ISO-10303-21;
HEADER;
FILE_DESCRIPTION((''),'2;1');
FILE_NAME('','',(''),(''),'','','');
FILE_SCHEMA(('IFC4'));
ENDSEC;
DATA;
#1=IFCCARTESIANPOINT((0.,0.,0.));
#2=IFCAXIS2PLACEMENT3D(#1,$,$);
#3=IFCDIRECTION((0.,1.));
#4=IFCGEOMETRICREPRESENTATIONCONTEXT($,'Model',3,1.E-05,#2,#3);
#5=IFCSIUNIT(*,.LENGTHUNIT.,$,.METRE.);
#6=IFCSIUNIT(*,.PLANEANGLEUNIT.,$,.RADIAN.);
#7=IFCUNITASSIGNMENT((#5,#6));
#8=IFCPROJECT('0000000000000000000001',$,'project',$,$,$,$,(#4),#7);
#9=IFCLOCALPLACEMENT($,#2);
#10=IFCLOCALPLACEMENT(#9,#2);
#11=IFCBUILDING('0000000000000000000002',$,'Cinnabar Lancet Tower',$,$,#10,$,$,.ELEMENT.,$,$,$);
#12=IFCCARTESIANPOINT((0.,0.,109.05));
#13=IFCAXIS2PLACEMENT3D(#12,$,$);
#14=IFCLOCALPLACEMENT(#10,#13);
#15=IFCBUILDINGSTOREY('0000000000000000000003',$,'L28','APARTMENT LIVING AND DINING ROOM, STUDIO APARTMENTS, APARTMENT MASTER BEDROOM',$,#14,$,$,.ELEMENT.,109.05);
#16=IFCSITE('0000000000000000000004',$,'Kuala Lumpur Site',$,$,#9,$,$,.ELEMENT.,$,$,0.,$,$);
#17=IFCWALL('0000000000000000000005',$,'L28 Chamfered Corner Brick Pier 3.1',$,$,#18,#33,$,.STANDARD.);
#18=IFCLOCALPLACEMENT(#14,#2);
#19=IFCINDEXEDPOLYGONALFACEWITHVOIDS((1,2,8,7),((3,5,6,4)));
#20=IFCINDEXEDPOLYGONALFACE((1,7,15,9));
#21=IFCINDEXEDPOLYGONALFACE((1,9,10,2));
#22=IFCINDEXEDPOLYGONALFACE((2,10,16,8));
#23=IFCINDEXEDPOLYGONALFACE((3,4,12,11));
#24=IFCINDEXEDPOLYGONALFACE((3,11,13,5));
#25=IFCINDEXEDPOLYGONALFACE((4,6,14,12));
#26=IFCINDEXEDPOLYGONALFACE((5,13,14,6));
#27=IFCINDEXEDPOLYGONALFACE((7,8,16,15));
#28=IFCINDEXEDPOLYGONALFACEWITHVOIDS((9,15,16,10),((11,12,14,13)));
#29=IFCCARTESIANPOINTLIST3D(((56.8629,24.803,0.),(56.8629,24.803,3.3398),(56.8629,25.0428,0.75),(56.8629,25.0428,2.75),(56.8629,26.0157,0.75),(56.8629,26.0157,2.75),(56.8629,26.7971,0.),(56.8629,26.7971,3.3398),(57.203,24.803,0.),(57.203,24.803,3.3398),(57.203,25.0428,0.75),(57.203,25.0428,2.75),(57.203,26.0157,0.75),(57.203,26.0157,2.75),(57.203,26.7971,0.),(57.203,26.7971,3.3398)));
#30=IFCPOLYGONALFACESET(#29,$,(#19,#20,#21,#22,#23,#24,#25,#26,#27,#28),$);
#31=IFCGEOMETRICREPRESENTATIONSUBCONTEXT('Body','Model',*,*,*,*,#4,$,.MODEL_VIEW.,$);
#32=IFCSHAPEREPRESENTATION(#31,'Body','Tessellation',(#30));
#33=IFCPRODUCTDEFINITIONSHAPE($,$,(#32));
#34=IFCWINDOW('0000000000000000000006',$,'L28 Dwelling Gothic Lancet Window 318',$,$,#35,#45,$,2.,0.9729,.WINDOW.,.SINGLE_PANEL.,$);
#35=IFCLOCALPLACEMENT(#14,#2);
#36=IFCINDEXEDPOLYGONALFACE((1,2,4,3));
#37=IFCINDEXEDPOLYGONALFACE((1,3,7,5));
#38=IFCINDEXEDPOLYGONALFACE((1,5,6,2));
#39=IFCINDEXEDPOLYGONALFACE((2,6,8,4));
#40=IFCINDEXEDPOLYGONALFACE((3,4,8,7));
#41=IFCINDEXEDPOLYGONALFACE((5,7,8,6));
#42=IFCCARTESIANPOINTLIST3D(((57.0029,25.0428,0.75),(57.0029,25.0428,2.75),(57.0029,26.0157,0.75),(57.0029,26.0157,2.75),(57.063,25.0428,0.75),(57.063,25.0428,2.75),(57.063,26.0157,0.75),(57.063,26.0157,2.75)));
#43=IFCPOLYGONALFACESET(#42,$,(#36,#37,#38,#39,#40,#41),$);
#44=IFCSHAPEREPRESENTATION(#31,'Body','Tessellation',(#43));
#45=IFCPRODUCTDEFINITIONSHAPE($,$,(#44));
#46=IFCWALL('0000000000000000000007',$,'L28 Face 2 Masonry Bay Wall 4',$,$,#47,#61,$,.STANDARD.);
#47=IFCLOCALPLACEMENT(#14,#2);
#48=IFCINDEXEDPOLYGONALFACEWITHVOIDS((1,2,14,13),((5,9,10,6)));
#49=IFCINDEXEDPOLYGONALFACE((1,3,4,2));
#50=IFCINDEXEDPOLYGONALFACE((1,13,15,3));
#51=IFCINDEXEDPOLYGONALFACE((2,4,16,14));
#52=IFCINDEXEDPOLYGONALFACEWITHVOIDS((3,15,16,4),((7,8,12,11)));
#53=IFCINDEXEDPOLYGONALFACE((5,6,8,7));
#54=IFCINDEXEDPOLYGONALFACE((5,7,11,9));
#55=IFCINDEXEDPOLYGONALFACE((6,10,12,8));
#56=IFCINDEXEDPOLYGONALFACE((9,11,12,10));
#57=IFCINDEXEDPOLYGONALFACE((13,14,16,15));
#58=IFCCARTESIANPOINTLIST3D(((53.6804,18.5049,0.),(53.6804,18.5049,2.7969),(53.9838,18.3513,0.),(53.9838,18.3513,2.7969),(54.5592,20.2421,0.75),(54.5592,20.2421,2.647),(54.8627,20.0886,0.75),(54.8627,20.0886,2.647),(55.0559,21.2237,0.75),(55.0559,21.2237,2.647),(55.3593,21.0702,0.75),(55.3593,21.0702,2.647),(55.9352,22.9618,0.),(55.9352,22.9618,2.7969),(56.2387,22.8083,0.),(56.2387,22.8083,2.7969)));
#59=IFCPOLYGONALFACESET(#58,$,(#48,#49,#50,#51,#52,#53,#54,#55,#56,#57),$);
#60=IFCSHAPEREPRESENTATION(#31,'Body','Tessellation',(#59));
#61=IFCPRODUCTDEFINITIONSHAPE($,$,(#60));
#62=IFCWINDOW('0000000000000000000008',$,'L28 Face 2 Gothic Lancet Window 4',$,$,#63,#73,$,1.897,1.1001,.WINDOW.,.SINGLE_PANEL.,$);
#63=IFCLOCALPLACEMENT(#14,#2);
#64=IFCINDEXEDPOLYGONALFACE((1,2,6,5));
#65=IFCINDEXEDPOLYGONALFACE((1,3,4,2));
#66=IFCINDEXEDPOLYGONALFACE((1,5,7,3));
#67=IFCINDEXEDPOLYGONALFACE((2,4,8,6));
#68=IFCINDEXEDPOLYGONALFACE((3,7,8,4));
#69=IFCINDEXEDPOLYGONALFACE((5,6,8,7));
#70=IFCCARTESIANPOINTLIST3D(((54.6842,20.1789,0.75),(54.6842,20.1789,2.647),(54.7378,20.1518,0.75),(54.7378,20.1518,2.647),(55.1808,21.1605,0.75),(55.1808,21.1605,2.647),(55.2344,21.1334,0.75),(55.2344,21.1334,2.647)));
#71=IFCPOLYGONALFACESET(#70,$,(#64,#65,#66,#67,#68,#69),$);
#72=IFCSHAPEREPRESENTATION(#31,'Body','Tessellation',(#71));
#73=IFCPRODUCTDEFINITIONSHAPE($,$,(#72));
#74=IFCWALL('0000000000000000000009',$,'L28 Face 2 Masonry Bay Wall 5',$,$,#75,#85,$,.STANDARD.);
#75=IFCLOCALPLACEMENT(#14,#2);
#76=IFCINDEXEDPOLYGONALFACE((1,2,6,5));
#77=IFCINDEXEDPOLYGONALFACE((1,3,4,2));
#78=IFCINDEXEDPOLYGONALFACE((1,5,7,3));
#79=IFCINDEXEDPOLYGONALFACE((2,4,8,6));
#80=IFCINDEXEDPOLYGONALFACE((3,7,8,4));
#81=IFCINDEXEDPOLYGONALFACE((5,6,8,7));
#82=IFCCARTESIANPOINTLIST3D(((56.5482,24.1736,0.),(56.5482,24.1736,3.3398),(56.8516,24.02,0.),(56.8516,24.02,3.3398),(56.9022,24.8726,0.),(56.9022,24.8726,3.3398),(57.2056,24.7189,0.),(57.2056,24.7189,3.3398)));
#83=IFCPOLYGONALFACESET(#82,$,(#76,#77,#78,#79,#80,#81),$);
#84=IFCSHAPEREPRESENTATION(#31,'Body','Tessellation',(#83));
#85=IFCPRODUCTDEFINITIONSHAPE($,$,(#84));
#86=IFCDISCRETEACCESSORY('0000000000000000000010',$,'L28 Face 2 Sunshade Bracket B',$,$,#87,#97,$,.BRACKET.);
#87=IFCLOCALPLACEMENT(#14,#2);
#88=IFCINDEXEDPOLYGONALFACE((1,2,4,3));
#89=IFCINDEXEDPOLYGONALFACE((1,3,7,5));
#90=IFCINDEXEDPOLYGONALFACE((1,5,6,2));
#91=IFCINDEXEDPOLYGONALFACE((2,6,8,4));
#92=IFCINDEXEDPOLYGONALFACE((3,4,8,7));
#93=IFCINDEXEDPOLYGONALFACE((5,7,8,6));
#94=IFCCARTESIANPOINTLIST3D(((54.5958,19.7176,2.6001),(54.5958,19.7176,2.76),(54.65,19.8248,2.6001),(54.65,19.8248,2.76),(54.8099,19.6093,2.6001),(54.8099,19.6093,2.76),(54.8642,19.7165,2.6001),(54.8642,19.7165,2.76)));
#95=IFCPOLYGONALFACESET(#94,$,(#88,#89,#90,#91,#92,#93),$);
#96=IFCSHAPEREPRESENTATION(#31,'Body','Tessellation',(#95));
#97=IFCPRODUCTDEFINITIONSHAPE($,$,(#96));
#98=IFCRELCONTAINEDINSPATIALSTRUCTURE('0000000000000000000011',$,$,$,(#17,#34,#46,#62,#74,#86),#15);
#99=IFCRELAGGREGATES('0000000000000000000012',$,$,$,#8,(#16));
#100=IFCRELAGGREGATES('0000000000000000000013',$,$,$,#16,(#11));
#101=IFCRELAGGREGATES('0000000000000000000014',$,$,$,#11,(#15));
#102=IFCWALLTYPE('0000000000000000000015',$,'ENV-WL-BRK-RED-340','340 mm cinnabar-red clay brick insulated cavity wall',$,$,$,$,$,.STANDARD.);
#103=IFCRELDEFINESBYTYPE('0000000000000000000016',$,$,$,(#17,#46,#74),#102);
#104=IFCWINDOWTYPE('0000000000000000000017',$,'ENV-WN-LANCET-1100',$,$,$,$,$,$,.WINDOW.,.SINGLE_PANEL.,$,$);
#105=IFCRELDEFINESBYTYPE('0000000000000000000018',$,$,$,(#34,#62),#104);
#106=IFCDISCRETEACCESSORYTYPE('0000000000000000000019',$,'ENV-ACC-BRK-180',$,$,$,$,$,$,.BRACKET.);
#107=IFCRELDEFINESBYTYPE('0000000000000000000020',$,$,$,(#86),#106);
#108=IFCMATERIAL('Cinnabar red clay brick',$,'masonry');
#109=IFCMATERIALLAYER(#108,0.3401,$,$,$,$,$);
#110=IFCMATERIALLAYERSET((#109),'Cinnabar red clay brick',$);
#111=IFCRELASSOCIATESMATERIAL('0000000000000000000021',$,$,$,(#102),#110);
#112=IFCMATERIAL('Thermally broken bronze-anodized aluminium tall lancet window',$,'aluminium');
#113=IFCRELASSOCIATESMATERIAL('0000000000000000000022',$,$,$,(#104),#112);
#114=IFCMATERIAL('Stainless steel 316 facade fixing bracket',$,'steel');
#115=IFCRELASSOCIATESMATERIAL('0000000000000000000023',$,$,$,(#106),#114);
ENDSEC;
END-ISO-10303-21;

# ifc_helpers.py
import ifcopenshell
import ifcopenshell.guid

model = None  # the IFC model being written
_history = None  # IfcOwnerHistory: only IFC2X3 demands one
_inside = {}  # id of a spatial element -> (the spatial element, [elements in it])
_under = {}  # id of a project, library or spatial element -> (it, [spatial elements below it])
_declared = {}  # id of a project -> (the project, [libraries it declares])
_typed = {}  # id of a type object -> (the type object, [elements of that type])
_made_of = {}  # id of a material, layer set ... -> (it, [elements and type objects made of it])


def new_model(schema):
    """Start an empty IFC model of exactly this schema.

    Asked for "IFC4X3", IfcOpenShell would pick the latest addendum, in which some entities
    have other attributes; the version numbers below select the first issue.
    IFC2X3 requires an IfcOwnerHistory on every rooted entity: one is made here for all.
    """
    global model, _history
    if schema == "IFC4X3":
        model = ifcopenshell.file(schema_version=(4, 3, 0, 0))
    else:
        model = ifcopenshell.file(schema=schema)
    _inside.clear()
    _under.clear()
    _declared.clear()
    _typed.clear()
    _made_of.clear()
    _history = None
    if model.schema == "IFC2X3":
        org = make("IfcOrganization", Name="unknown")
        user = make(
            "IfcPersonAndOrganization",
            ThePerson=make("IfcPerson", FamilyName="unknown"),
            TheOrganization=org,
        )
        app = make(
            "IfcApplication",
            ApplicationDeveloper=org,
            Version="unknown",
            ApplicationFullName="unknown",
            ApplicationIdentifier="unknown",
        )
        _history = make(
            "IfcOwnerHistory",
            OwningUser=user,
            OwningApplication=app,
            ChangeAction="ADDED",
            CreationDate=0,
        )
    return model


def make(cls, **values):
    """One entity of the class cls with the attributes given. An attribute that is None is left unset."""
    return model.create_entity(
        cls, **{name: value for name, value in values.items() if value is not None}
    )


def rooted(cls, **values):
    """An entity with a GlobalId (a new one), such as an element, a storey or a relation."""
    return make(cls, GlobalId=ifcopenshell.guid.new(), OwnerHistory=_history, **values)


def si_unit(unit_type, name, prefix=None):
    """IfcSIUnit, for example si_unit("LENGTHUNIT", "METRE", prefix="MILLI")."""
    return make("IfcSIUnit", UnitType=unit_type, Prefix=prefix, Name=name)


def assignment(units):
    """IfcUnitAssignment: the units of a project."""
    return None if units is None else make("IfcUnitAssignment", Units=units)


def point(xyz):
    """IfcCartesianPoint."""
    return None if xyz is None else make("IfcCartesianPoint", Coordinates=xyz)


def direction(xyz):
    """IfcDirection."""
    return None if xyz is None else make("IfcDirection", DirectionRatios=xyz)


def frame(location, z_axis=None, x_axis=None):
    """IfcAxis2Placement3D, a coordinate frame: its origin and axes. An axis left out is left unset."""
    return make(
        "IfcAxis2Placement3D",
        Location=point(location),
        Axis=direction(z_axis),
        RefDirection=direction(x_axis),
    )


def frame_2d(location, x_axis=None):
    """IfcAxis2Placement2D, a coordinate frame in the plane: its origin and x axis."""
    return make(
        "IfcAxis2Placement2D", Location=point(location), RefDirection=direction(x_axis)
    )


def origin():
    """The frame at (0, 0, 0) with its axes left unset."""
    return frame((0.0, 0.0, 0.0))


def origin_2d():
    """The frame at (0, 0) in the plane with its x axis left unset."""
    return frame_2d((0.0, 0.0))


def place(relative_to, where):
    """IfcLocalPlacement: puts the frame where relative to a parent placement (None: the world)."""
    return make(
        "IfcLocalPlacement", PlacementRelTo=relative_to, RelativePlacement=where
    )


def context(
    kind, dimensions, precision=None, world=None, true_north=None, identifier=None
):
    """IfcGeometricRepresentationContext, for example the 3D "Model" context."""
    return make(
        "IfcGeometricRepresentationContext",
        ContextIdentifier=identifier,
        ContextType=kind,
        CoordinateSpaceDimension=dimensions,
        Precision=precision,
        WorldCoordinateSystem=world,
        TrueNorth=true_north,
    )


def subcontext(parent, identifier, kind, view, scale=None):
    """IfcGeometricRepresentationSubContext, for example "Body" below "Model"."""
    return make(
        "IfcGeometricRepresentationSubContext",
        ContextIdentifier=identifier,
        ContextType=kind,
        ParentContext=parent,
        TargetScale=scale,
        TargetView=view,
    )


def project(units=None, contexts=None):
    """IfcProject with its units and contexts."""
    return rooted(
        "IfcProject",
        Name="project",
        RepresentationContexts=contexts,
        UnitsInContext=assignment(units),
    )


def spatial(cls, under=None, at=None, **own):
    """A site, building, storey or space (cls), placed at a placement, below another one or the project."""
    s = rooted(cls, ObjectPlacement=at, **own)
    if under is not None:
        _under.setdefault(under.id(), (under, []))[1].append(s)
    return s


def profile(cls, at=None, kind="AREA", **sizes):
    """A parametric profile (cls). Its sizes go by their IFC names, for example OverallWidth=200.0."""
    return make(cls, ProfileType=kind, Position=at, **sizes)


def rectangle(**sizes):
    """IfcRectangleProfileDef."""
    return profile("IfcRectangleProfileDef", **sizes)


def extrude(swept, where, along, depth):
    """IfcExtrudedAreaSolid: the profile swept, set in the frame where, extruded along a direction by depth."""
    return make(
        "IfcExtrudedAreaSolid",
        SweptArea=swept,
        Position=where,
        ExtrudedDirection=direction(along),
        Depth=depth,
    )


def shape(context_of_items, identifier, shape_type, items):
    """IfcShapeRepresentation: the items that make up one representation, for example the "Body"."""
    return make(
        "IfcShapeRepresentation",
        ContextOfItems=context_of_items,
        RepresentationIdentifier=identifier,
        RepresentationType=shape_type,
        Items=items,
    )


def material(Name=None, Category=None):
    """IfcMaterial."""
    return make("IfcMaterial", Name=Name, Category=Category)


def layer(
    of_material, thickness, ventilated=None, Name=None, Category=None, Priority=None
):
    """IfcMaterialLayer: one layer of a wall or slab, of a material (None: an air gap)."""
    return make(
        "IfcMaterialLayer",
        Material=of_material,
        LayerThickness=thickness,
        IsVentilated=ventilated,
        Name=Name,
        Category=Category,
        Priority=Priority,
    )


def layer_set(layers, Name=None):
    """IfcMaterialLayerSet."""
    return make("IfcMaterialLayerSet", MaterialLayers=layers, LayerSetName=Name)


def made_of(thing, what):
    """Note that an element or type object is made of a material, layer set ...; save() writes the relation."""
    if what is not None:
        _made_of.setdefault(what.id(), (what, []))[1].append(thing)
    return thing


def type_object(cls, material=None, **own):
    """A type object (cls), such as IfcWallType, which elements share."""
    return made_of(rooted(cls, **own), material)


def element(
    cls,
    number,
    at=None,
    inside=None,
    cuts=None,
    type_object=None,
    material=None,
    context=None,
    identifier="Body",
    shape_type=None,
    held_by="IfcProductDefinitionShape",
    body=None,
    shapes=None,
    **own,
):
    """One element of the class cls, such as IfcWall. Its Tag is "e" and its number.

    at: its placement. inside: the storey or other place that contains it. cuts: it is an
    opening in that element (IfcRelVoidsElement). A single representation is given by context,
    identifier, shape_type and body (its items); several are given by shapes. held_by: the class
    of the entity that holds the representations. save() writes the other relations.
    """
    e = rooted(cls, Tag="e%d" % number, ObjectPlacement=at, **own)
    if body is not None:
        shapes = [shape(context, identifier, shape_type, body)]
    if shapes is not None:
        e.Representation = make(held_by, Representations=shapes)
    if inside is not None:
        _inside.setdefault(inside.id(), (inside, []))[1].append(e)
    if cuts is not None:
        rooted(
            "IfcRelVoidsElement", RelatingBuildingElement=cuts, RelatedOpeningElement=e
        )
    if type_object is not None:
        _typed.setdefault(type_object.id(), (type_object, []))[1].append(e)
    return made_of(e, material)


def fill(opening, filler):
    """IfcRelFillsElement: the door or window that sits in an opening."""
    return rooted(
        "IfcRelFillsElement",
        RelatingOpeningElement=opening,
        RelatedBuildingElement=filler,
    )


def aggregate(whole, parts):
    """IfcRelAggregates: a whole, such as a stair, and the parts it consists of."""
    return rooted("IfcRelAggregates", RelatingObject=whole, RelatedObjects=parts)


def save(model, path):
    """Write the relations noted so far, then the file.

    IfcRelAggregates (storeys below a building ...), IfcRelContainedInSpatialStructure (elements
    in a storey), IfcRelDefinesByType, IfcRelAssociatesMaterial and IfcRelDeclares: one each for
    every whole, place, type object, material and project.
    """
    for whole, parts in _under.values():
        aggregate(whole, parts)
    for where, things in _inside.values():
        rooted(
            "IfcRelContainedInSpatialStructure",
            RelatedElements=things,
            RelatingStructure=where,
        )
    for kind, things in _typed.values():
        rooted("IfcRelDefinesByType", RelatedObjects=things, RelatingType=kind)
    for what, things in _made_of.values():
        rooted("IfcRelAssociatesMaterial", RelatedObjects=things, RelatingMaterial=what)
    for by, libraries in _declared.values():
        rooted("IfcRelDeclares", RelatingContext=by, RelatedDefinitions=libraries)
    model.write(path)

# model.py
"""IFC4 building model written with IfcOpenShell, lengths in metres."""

from ifc_helpers import new_model, si_unit, direction, frame, frame_2d, origin, origin_2d, place, context, subcontext, project, spatial, rectangle, extrude, material, layer, layer_set, type_object, element, fill, save


model = new_model("IFC4")

# Units and contexts
model_context = context("Model", 3, precision=1e-05, world=origin(), true_north=direction((0.0, 1.0)))
body_context = subcontext(model_context, "Body", "Model", "MODEL_VIEW")
ifc_project = project(units=[si_unit("LENGTHUNIT", "METRE"), si_unit("PLANEANGLEUNIT", "RADIAN")], contexts=[model_context])

# Site, building, storey
site_placement = place(None, origin())
site = spatial("IfcSite", under=ifc_project, at=site_placement, Name="Kuala Lumpur Site", CompositionType="ELEMENT", RefElevation=0.0)
building_placement = place(site_placement, origin())
building = spatial("IfcBuilding", under=site, at=building_placement, Name="Cinnabar Lancet Tower", CompositionType="ELEMENT")
storey_placement = place(building_placement, frame((0.0, 0.0, 109.05)))
storey = spatial("IfcBuildingStorey", under=building, at=storey_placement, Name="L28", Description="APARTMENT LIVING AND DINING ROOM, STUDIO APARTMENTS, APARTMENT MASTER BEDROOM", CompositionType="ELEMENT", Elevation=109.05)

# Walls, openings, windows
ifc_material_1 = material(Name="Cinnabar red clay brick", Category="masonry")
ifc_layer_1 = layer(ifc_material_1, 0.3401)
ifc_layer_set_1 = layer_set([ifc_layer_1], Name="Cinnabar red clay brick")
wall_type_1 = type_object("IfcWallType", Name="ENV-WL-BRK-RED-340", Description="340 mm cinnabar-red clay brick insulated cavity wall", PredefinedType="STANDARD", material=ifc_layer_set_1)
wall_1_placement = place(storey_placement, frame((57.033, 24.803, 0.0), z_axis=(0.0, 0.0, 1.0), x_axis=(0.0, 1.0, 0.0)))
wall_1 = element("IfcWall", 1, at=wall_1_placement, inside=storey, type_object=wall_type_1, Name="L28 Chamfered Corner Brick Pier 3.1", PredefinedType="STANDARD", context=body_context, shape_type="SweptSolid", body=[
    extrude(rectangle(XDim=1.9941, YDim=0.3401, at=frame_2d((0.9971, 0.0))), origin(), (0.0, 0.0, 1.0), 3.3398),
])
opening_1_placement = place(wall_1_placement, frame((0.24, 0.0, 0.75)))
opening_1 = element("IfcOpeningElement", 2, at=opening_1_placement, cuts=wall_1, PredefinedType="OPENING", context=body_context, shape_type="SweptSolid", body=[
    extrude(rectangle(XDim=0.9729, YDim=2.0, at=frame_2d((0.4863, 1.0))), frame((0.0, 0.1799, 0.0), z_axis=(0.0, -1.0, 0.0), x_axis=(1.0, 0.0, 0.0)), (0.0, 0.0, 1.0), 0.3601),
])
ifc_material_2 = material(Name="Thermally broken bronze-anodized aluminium tall lancet window", Category="aluminium")
window_type = type_object("IfcWindowType", Name="ENV-WN-LANCET-1100", PartitioningType="SINGLE_PANEL", PredefinedType="WINDOW", material=ifc_material_2)
window_1_placement = place(opening_1_placement, origin())
window_1 = element("IfcWindow", 3, at=window_1_placement, inside=storey, type_object=window_type, Name="L28 Dwelling Gothic Lancet Window 318", OverallHeight=2.0, OverallWidth=0.9729, PartitioningType="SINGLE_PANEL", PredefinedType="WINDOW", context=body_context, shape_type="SweptSolid", body=[
    extrude(rectangle(XDim=0.9729, YDim=2.0, at=frame_2d((0.4863, 1.0))), frame((0.0, 0.03, 0.0), z_axis=(0.0, -1.0, 0.0), x_axis=(1.0, 0.0, 0.0)), (0.0, 0.0, 1.0), 0.0601),
])
fill(opening_1, window_1)
wall_2_placement = place(storey_placement, frame((53.832, 18.428, 0.0), z_axis=(0.0, 0.0, 1.0), x_axis=(0.451432, 0.892306, 0.0)))
wall_2 = element("IfcWall", 4, at=wall_2_placement, inside=storey, type_object=wall_type_1, Name="L28 Face 2 Masonry Bay Wall 4", PredefinedType="STANDARD", context=body_context, shape_type="SweptSolid", body=[
    extrude(rectangle(XDim=4.9949, YDim=0.3401, at=frame_2d((2.4976, 0.0))), origin(), (0.0, 0.0, 1.0), 2.7969),
])
opening_2_placement = place(wall_2_placement, frame((1.947, 0.0, 0.75)))
opening_2 = element("IfcOpeningElement", 5, at=opening_2_placement, cuts=wall_2, PredefinedType="OPENING", context=body_context, shape_type="SweptSolid", body=[
    extrude(rectangle(XDim=1.1001, YDim=1.897, at=frame_2d((0.55, 0.9485))), frame((0.0, 0.1799, 0.0), z_axis=(0.0, -1.0, 0.0), x_axis=(1.0, 0.0, 0.0)), (0.0, 0.0, 1.0), 0.3601),
])
window_2_placement = place(opening_2_placement, origin())
window_2 = element("IfcWindow", 6, at=window_2_placement, inside=storey, type_object=window_type, Name="L28 Face 2 Gothic Lancet Window 4", OverallHeight=1.897, OverallWidth=1.1001, PartitioningType="SINGLE_PANEL", PredefinedType="WINDOW", context=body_context, shape_type="SweptSolid", body=[
    extrude(rectangle(XDim=1.1001, YDim=1.897, at=frame_2d((0.55, 0.9485))), frame((0.0, 0.03, 0.0), z_axis=(0.0, -1.0, 0.0), x_axis=(1.0, 0.0, 0.0)), (0.0, 0.0, 1.0), 0.0601),
])
fill(opening_2, window_2)

# Wall
wall_3_placement = place(storey_placement, frame((56.7, 24.0969, 0.0), z_axis=(0.0, 0.0, 1.0), x_axis=(0.451819, 0.892109, 0.0)))
element("IfcWall", 7, at=wall_3_placement, inside=storey, type_object=wall_type_1, Name="L28 Face 2 Masonry Bay Wall 5", PredefinedType="STANDARD", context=body_context, shape_type="SweptSolid", body=[
    extrude(rectangle(XDim=0.7834, YDim=0.3401, at=frame_2d((0.3916, 0.0))), origin(), (0.0, 0.0, 1.0), 3.3398),
])

# Discrete accessory
ifc_material_3 = material(Name="Stainless steel 316 facade fixing bracket", Category="steel")
discrete_accessory_type = type_object("IfcDiscreteAccessoryType", Name="ENV-ACC-BRK-180", PredefinedType="BRACKET", material=ifc_material_3)
discrete_accessory_placement = place(storey_placement, frame((54.73, 19.717, 2.6001), z_axis=(0.0, 0.0, 1.0), x_axis=(0.451454, 0.892294, 0.0)))
element("IfcDiscreteAccessory", 8, at=discrete_accessory_placement, inside=storey, type_object=discrete_accessory_type, Name="L28 Face 2 Sunshade Bracket B", PredefinedType="BRACKET", context=body_context, shape_type="SweptSolid", body=[
    extrude(rectangle(XDim=0.1201, YDim=0.24, at=origin_2d()), origin(), (0.0, 0.0, 1.0), 0.1599),
])

save(model, "model.ifc")
